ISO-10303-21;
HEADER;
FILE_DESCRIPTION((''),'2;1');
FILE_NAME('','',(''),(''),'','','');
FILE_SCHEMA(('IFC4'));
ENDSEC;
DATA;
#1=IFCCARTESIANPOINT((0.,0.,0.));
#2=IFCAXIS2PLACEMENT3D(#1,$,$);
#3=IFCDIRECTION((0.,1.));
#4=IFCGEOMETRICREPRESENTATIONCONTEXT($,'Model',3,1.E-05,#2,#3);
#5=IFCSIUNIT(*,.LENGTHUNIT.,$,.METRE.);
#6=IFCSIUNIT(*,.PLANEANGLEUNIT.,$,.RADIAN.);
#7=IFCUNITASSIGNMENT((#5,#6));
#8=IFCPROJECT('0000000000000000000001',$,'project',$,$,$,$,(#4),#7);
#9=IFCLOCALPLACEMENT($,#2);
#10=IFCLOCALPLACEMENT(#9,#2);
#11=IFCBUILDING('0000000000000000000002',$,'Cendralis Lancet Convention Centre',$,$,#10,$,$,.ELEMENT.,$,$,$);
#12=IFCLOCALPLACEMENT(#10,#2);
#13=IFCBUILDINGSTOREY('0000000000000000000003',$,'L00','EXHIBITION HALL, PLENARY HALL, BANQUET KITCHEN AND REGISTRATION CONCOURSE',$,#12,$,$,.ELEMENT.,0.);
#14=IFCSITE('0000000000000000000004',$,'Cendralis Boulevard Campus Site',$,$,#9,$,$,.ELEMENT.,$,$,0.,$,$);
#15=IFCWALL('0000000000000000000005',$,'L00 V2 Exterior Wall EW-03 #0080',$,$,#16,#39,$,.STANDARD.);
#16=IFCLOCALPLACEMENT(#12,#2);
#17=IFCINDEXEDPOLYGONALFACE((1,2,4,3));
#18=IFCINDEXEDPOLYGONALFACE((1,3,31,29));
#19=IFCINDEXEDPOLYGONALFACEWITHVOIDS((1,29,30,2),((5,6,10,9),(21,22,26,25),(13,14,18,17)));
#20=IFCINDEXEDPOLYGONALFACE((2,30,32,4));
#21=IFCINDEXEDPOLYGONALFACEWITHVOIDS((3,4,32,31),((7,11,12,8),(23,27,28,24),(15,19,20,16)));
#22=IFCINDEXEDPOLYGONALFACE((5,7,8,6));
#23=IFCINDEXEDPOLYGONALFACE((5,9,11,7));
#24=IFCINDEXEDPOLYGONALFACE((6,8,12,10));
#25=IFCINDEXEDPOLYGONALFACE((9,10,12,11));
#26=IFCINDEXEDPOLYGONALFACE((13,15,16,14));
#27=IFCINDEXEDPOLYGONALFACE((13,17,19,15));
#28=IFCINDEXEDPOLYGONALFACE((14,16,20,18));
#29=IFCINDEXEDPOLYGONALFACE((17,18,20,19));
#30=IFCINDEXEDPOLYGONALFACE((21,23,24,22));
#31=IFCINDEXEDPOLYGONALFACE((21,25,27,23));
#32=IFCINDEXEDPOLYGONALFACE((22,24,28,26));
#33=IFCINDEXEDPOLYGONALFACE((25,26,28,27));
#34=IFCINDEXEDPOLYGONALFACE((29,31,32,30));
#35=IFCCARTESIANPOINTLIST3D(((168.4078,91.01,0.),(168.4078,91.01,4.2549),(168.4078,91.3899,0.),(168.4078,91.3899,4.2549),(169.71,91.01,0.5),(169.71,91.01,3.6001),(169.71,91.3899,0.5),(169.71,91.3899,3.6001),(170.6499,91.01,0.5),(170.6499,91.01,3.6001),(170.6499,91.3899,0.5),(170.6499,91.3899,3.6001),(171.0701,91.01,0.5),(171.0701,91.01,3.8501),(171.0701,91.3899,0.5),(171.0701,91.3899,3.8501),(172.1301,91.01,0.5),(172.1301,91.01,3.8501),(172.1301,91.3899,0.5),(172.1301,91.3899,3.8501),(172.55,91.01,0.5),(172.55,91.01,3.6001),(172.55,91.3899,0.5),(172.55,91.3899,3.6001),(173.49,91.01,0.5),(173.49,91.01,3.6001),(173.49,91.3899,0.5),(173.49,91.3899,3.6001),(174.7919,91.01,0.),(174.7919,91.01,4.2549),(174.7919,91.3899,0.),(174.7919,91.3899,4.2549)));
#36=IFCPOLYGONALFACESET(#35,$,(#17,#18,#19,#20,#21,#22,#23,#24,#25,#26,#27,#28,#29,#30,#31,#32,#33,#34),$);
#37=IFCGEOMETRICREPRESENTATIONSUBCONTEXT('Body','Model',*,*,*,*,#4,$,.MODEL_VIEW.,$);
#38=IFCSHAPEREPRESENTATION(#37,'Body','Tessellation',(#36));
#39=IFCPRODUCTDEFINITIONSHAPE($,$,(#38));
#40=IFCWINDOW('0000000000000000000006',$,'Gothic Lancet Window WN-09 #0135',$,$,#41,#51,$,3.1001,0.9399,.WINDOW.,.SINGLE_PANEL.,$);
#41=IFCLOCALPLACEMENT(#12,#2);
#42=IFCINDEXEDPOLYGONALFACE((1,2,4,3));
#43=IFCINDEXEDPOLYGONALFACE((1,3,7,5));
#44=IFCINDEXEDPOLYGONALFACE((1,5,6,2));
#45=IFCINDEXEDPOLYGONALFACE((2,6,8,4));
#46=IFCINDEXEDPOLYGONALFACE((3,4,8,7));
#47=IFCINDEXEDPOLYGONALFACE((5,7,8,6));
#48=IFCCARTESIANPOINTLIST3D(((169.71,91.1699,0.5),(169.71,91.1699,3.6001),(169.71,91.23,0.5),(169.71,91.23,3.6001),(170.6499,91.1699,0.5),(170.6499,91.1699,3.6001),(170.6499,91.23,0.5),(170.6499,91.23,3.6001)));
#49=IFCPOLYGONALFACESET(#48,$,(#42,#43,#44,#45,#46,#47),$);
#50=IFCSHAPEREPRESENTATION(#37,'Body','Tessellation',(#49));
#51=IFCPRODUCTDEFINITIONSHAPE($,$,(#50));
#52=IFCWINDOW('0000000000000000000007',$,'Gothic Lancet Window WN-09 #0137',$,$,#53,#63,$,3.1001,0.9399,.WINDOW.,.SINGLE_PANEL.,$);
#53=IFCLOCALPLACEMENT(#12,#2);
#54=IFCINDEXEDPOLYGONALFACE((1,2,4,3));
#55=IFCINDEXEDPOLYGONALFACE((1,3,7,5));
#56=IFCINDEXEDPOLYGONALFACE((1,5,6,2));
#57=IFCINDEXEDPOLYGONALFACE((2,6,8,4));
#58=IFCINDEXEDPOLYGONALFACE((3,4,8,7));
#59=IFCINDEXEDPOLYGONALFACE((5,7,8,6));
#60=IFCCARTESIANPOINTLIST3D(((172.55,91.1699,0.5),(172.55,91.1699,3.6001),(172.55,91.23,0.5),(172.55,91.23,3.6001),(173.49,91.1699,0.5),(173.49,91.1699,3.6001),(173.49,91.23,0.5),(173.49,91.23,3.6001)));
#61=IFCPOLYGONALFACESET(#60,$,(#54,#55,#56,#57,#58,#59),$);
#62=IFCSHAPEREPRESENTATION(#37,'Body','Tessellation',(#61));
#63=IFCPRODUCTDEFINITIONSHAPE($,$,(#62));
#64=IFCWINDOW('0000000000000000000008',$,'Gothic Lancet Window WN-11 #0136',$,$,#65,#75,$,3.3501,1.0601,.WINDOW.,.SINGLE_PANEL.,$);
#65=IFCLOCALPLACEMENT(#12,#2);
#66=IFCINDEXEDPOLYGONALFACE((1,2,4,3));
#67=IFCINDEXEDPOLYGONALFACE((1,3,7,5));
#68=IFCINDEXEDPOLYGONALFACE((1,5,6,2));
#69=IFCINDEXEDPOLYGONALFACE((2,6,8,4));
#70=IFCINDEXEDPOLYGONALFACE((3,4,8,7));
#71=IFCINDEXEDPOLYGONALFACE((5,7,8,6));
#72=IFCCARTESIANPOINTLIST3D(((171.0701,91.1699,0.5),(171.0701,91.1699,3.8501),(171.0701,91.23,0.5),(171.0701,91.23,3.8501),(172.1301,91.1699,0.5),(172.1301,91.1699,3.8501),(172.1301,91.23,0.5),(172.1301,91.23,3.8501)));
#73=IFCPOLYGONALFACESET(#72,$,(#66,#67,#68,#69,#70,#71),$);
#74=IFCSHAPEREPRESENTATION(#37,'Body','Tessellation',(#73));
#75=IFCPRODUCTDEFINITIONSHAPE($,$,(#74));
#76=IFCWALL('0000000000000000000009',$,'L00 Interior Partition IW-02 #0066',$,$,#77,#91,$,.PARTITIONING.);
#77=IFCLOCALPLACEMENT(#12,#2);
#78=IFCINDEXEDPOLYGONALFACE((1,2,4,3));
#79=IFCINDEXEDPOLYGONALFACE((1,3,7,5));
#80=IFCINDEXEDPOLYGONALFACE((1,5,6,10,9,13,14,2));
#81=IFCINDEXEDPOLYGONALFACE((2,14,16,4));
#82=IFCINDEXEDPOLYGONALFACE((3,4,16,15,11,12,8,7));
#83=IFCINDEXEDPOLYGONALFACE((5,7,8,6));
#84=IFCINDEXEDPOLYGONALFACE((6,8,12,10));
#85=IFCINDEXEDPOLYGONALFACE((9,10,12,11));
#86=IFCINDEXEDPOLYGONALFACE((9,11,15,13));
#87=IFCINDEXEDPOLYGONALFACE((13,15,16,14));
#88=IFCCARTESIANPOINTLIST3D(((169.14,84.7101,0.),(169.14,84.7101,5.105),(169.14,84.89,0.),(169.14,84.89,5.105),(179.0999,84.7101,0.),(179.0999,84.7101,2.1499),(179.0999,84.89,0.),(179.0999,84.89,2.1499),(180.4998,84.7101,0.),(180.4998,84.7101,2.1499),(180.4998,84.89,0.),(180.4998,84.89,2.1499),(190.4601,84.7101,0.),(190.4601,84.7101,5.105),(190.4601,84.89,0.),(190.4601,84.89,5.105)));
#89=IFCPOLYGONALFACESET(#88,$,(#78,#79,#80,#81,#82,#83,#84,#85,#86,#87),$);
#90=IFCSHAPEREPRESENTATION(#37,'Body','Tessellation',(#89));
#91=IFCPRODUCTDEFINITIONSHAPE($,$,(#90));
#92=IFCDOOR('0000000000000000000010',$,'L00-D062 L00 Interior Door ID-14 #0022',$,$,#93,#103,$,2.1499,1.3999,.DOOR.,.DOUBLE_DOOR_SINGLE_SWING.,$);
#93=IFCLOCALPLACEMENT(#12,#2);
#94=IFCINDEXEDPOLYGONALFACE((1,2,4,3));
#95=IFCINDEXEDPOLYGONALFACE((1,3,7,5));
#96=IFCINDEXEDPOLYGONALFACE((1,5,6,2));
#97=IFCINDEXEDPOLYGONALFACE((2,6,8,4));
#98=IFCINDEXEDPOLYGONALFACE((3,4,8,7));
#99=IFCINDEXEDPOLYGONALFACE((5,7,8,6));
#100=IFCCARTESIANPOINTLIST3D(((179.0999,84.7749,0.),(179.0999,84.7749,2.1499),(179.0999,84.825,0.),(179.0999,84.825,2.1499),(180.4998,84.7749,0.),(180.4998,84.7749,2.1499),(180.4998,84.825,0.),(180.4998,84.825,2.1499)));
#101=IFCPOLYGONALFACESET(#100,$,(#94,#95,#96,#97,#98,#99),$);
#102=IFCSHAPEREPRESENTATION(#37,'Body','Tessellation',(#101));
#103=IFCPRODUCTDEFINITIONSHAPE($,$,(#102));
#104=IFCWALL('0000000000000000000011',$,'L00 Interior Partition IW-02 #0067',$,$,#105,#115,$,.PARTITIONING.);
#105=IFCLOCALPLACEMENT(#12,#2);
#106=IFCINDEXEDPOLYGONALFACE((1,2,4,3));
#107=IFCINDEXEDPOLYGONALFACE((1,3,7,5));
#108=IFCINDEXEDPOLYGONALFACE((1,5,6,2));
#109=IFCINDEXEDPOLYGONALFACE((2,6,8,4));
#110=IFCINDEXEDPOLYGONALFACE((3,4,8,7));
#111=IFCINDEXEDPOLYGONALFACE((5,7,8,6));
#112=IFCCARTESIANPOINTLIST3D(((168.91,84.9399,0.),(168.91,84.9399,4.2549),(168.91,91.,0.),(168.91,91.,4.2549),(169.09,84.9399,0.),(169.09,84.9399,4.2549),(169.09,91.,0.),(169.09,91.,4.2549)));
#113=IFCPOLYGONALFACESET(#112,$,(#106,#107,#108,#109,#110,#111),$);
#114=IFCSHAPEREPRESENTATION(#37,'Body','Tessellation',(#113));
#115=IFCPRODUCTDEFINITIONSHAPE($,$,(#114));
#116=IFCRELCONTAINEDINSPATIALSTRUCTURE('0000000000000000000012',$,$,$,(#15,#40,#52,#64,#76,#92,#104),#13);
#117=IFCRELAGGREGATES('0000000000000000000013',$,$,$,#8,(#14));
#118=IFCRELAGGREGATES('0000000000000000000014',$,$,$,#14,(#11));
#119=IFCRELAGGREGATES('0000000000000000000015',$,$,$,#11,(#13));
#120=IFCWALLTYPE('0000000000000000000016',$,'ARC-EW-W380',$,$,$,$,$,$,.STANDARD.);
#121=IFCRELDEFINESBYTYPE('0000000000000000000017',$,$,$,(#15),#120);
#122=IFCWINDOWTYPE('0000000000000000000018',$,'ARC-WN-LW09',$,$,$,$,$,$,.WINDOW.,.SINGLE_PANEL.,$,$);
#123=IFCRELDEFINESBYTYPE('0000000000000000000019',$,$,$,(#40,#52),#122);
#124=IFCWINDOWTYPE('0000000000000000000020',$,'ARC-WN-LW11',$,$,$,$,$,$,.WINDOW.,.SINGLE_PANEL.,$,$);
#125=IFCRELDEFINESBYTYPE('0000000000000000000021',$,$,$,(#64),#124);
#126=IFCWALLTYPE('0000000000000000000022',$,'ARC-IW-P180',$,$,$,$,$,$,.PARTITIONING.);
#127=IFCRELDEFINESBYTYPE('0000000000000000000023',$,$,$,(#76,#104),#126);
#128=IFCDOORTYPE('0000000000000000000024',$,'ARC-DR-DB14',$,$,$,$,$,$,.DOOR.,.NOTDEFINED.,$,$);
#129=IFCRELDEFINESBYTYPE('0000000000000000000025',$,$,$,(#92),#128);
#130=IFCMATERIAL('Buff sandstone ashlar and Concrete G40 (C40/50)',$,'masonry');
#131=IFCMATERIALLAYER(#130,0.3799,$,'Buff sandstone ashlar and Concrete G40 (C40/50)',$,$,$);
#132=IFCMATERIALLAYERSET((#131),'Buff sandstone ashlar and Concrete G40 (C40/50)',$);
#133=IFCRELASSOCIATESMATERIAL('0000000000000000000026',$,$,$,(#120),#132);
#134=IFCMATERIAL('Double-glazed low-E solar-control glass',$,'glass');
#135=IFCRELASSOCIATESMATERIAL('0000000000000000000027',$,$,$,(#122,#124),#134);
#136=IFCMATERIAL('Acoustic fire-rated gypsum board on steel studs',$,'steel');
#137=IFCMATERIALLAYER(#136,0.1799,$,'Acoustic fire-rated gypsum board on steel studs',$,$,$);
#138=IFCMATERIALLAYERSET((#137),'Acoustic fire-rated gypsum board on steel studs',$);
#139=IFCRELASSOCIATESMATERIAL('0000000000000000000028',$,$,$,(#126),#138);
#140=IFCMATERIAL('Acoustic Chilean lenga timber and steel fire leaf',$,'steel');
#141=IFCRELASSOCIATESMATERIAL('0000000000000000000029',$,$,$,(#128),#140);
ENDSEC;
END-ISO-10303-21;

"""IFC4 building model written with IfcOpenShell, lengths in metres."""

from ifc_helpers import new_model, si_unit, direction, frame, frame_2d, origin, place, context, subcontext, project, spatial, rectangle, extrude, material, layer, layer_set, type_object, element, fill, save


model = new_model("IFC4")

# Units and contexts
model_context = context("Model", 3, precision=1e-05, world=origin(), true_north=direction((0.0, 1.0)))
body_context = subcontext(model_context, "Body", "Model", "MODEL_VIEW")
ifc_project = project(units=[si_unit("LENGTHUNIT", "METRE"), si_unit("PLANEANGLEUNIT", "RADIAN")], contexts=[model_context])

# Site, building, storey
site_placement = place(None, origin())
site = spatial("IfcSite", under=ifc_project, at=site_placement, Name="Cendralis Boulevard Campus Site", CompositionType="ELEMENT", RefElevation=0.0)
building_placement = place(site_placement, origin())
building = spatial("IfcBuilding", under=site, at=building_placement, Name="Cendralis Lancet Convention Centre", CompositionType="ELEMENT")
storey_placement = place(building_placement, origin())
storey = spatial("IfcBuildingStorey", under=building, at=storey_placement, Name="L00", Description="EXHIBITION HALL, PLENARY HALL, BANQUET KITCHEN AND REGISTRATION CONCOURSE", CompositionType="ELEMENT", Elevation=0.0)

# Wall, openings, windows
ifc_material_1 = material(Name="Buff sandstone ashlar and Concrete G40 (C40/50)", Category="masonry")
ifc_layer_1 = layer(ifc_material_1, 0.3799, Name="Buff sandstone ashlar and Concrete G40 (C40/50)")
ifc_layer_set_1 = layer_set([ifc_layer_1], Name="Buff sandstone ashlar and Concrete G40 (C40/50)")
wall_type_1 = type_object("IfcWallType", Name="ARC-EW-W380", PredefinedType="STANDARD", material=ifc_layer_set_1)
wall_1_placement = place(storey_placement, frame((168.408, 91.2, 0.0), z_axis=(0.0, 0.0, 1.0), x_axis=(1.0, 0.0, 0.0)))
wall_1 = element("IfcWall", 1, at=wall_1_placement, inside=storey, type_object=wall_type_1, Name="L00 V2 Exterior Wall EW-03 #0080", PredefinedType="STANDARD", context=body_context, shape_type="SweptSolid", body=[
    extrude(rectangle(XDim=6.384, YDim=0.3799, at=frame_2d((3.1919, 0.0))), origin(), (0.0, 0.0, 1.0), 4.2549),
])
opening_1_placement = place(wall_1_placement, frame((1.302, 0.0, 0.5)))
opening_1 = element("IfcOpeningElement", 2, at=opening_1_placement, cuts=wall_1, PredefinedType="OPENING", context=body_context, shape_type="SweptSolid", body=[
    extrude(rectangle(XDim=0.9399, YDim=3.1001, at=frame_2d((0.47, 1.55))), frame((0.0, 0.2, 0.0), z_axis=(0.0, -1.0, 0.0), x_axis=(1.0, 0.0, 0.0)), (0.0, 0.0, 1.0), 0.3999),
])
opening_2_placement = place(wall_1_placement, frame((2.6621, 0.0, 0.5)))
opening_2 = element("IfcOpeningElement", 3, at=opening_2_placement, cuts=wall_1, PredefinedType="OPENING", context=body_context, shape_type="SweptSolid", body=[
    extrude(rectangle(XDim=1.0601, YDim=3.3501, at=frame_2d((0.53, 1.675))), frame((0.0, 0.2, 0.0), z_axis=(0.0, -1.0, 0.0), x_axis=(1.0, 0.0, 0.0)), (0.0, 0.0, 1.0), 0.3999),
])
opening_3_placement = place(wall_1_placement, frame((4.1421, 0.0, 0.5)))
opening_3 = element("IfcOpeningElement", 4, at=opening_3_placement, cuts=wall_1, PredefinedType="OPENING", context=body_context, shape_type="SweptSolid", body=[
    extrude(rectangle(XDim=0.9399, YDim=3.1001, at=frame_2d((0.47, 1.55))), frame((0.0, 0.2, 0.0), z_axis=(0.0, -1.0, 0.0), x_axis=(1.0, 0.0, 0.0)), (0.0, 0.0, 1.0), 0.3999),
])
ifc_material_2 = material(Name="Double-glazed low-E solar-control glass", Category="glass")
window_type_1 = type_object("IfcWindowType", Name="ARC-WN-LW09", PartitioningType="SINGLE_PANEL", PredefinedType="WINDOW", material=ifc_material_2)
window_1_placement = place(opening_1_placement, origin())
window_1 = element("IfcWindow", 5, at=window_1_placement, inside=storey, type_object=window_type_1, Name="Gothic Lancet Window WN-09 #0135", OverallHeight=3.1001, OverallWidth=0.9399, PartitioningType="SINGLE_PANEL", PredefinedType="WINDOW", context=body_context, shape_type="SweptSolid", body=[
    extrude(rectangle(XDim=0.9399, YDim=3.1001, at=frame_2d((0.47, 1.55))), frame((0.0, 0.03, 0.0), z_axis=(0.0, -1.0, 0.0), x_axis=(1.0, 0.0, 0.0)), (0.0, 0.0, 1.0), 0.0601),
])
fill(opening_1, window_1)
window_2_placement = place(opening_3_placement, origin())
window_2 = element("IfcWindow", 6, at=window_2_placement, inside=storey, type_object=window_type_1, Name="Gothic Lancet Window WN-09 #0137", OverallHeight=3.1001, OverallWidth=0.9399, PartitioningType="SINGLE_PANEL", PredefinedType="WINDOW", context=body_context, shape_type="SweptSolid", body=[
    extrude(rectangle(XDim=0.9399, YDim=3.1001, at=frame_2d((0.47, 1.55))), frame((0.0, 0.03, 0.0), z_axis=(0.0, -1.0, 0.0), x_axis=(1.0, 0.0, 0.0)), (0.0, 0.0, 1.0), 0.0601),
])
fill(opening_3, window_2)
window_type_2 = type_object("IfcWindowType", Name="ARC-WN-LW11", PartitioningType="SINGLE_PANEL", PredefinedType="WINDOW", material=ifc_material_2)
window_3_placement = place(opening_2_placement, origin())
window_3 = element("IfcWindow", 7, at=window_3_placement, inside=storey, type_object=window_type_2, Name="Gothic Lancet Window WN-11 #0136", OverallHeight=3.3501, OverallWidth=1.0601, PartitioningType="SINGLE_PANEL", PredefinedType="WINDOW", context=body_context, shape_type="SweptSolid", body=[
    extrude(rectangle(XDim=1.0601, YDim=3.3501, at=frame_2d((0.53, 1.675))), frame((0.0, 0.03, 0.0), z_axis=(0.0, -1.0, 0.0), x_axis=(1.0, 0.0, 0.0)), (0.0, 0.0, 1.0), 0.0601),
])
fill(opening_2, window_3)

# Wall, opening, door
ifc_material_3 = material(Name="Acoustic fire-rated gypsum board on steel studs", Category="steel")
ifc_layer_2 = layer(ifc_material_3, 0.1799, Name="Acoustic fire-rated gypsum board on steel studs")
ifc_layer_set_2 = layer_set([ifc_layer_2], Name="Acoustic fire-rated gypsum board on steel studs")
wall_type_2 = type_object("IfcWallType", Name="ARC-IW-P180", PredefinedType="PARTITIONING", material=ifc_layer_set_2)
wall_2_placement = place(storey_placement, frame((169.1399, 84.8, 0.0), z_axis=(0.0, 0.0, 1.0), x_axis=(1.0, 0.0, 0.0)))
wall_2 = element("IfcWall", 8, at=wall_2_placement, inside=storey, type_object=wall_type_2, Name="L00 Interior Partition IW-02 #0066", PredefinedType="PARTITIONING", context=body_context, shape_type="SweptSolid", body=[
    extrude(rectangle(XDim=21.3201, YDim=0.1799, at=frame_2d((10.6602, 0.0))), origin(), (0.0, 0.0, 1.0), 5.105),
])
opening_4_placement = place(wall_2_placement, frame((9.96, 0.0, 0.0)))
opening_4 = element("IfcOpeningElement", 9, at=opening_4_placement, cuts=wall_2, PredefinedType="OPENING", context=body_context, shape_type="SweptSolid", body=[
    extrude(rectangle(XDim=1.3999, YDim=2.1499, at=frame_2d((0.7, 1.075))), frame((0.0, 0.0999, 0.0), z_axis=(0.0, -1.0, 0.0), x_axis=(1.0, 0.0, 0.0)), (0.0, 0.0, 1.0), 0.2),
])
ifc_material_4 = material(Name="Acoustic Chilean lenga timber and steel fire leaf", Category="steel")
door_type = type_object("IfcDoorType", Name="ARC-DR-DB14", OperationType="NOTDEFINED", PredefinedType="DOOR", material=ifc_material_4)
door_placement = place(opening_4_placement, origin())
door = element("IfcDoor", 10, at=door_placement, inside=storey, type_object=door_type, Name="L00-D062 L00 Interior Door ID-14 #0022", OperationType="DOUBLE_DOOR_SINGLE_SWING", OverallHeight=2.1499, OverallWidth=1.3999, PredefinedType="DOOR", context=body_context, shape_type="SweptSolid", body=[
    extrude(rectangle(XDim=1.3999, YDim=2.1499, at=frame_2d((0.7, 1.075))), frame((0.0, 0.0249, 0.0), z_axis=(0.0, -1.0, 0.0), x_axis=(1.0, 0.0, 0.0)), (0.0, 0.0, 1.0), 0.05),
])
fill(opening_4, door)

# Wall
wall_3_placement = place(storey_placement, frame((169.0, 84.9399, 0.0), z_axis=(0.0, 0.0, 1.0), x_axis=(0.0, 1.0, 0.0)))
element("IfcWall", 11, at=wall_3_placement, inside=storey, type_object=wall_type_2, Name="L00 Interior Partition IW-02 #0067", PredefinedType="PARTITIONING", context=body_context, shape_type="SweptSolid", body=[
    extrude(rectangle(XDim=6.0601, YDim=0.1799, at=frame_2d((3.03, 0.0))), origin(), (0.0, 0.0, 1.0), 4.2549),
])

save(model, "model.ifc")
